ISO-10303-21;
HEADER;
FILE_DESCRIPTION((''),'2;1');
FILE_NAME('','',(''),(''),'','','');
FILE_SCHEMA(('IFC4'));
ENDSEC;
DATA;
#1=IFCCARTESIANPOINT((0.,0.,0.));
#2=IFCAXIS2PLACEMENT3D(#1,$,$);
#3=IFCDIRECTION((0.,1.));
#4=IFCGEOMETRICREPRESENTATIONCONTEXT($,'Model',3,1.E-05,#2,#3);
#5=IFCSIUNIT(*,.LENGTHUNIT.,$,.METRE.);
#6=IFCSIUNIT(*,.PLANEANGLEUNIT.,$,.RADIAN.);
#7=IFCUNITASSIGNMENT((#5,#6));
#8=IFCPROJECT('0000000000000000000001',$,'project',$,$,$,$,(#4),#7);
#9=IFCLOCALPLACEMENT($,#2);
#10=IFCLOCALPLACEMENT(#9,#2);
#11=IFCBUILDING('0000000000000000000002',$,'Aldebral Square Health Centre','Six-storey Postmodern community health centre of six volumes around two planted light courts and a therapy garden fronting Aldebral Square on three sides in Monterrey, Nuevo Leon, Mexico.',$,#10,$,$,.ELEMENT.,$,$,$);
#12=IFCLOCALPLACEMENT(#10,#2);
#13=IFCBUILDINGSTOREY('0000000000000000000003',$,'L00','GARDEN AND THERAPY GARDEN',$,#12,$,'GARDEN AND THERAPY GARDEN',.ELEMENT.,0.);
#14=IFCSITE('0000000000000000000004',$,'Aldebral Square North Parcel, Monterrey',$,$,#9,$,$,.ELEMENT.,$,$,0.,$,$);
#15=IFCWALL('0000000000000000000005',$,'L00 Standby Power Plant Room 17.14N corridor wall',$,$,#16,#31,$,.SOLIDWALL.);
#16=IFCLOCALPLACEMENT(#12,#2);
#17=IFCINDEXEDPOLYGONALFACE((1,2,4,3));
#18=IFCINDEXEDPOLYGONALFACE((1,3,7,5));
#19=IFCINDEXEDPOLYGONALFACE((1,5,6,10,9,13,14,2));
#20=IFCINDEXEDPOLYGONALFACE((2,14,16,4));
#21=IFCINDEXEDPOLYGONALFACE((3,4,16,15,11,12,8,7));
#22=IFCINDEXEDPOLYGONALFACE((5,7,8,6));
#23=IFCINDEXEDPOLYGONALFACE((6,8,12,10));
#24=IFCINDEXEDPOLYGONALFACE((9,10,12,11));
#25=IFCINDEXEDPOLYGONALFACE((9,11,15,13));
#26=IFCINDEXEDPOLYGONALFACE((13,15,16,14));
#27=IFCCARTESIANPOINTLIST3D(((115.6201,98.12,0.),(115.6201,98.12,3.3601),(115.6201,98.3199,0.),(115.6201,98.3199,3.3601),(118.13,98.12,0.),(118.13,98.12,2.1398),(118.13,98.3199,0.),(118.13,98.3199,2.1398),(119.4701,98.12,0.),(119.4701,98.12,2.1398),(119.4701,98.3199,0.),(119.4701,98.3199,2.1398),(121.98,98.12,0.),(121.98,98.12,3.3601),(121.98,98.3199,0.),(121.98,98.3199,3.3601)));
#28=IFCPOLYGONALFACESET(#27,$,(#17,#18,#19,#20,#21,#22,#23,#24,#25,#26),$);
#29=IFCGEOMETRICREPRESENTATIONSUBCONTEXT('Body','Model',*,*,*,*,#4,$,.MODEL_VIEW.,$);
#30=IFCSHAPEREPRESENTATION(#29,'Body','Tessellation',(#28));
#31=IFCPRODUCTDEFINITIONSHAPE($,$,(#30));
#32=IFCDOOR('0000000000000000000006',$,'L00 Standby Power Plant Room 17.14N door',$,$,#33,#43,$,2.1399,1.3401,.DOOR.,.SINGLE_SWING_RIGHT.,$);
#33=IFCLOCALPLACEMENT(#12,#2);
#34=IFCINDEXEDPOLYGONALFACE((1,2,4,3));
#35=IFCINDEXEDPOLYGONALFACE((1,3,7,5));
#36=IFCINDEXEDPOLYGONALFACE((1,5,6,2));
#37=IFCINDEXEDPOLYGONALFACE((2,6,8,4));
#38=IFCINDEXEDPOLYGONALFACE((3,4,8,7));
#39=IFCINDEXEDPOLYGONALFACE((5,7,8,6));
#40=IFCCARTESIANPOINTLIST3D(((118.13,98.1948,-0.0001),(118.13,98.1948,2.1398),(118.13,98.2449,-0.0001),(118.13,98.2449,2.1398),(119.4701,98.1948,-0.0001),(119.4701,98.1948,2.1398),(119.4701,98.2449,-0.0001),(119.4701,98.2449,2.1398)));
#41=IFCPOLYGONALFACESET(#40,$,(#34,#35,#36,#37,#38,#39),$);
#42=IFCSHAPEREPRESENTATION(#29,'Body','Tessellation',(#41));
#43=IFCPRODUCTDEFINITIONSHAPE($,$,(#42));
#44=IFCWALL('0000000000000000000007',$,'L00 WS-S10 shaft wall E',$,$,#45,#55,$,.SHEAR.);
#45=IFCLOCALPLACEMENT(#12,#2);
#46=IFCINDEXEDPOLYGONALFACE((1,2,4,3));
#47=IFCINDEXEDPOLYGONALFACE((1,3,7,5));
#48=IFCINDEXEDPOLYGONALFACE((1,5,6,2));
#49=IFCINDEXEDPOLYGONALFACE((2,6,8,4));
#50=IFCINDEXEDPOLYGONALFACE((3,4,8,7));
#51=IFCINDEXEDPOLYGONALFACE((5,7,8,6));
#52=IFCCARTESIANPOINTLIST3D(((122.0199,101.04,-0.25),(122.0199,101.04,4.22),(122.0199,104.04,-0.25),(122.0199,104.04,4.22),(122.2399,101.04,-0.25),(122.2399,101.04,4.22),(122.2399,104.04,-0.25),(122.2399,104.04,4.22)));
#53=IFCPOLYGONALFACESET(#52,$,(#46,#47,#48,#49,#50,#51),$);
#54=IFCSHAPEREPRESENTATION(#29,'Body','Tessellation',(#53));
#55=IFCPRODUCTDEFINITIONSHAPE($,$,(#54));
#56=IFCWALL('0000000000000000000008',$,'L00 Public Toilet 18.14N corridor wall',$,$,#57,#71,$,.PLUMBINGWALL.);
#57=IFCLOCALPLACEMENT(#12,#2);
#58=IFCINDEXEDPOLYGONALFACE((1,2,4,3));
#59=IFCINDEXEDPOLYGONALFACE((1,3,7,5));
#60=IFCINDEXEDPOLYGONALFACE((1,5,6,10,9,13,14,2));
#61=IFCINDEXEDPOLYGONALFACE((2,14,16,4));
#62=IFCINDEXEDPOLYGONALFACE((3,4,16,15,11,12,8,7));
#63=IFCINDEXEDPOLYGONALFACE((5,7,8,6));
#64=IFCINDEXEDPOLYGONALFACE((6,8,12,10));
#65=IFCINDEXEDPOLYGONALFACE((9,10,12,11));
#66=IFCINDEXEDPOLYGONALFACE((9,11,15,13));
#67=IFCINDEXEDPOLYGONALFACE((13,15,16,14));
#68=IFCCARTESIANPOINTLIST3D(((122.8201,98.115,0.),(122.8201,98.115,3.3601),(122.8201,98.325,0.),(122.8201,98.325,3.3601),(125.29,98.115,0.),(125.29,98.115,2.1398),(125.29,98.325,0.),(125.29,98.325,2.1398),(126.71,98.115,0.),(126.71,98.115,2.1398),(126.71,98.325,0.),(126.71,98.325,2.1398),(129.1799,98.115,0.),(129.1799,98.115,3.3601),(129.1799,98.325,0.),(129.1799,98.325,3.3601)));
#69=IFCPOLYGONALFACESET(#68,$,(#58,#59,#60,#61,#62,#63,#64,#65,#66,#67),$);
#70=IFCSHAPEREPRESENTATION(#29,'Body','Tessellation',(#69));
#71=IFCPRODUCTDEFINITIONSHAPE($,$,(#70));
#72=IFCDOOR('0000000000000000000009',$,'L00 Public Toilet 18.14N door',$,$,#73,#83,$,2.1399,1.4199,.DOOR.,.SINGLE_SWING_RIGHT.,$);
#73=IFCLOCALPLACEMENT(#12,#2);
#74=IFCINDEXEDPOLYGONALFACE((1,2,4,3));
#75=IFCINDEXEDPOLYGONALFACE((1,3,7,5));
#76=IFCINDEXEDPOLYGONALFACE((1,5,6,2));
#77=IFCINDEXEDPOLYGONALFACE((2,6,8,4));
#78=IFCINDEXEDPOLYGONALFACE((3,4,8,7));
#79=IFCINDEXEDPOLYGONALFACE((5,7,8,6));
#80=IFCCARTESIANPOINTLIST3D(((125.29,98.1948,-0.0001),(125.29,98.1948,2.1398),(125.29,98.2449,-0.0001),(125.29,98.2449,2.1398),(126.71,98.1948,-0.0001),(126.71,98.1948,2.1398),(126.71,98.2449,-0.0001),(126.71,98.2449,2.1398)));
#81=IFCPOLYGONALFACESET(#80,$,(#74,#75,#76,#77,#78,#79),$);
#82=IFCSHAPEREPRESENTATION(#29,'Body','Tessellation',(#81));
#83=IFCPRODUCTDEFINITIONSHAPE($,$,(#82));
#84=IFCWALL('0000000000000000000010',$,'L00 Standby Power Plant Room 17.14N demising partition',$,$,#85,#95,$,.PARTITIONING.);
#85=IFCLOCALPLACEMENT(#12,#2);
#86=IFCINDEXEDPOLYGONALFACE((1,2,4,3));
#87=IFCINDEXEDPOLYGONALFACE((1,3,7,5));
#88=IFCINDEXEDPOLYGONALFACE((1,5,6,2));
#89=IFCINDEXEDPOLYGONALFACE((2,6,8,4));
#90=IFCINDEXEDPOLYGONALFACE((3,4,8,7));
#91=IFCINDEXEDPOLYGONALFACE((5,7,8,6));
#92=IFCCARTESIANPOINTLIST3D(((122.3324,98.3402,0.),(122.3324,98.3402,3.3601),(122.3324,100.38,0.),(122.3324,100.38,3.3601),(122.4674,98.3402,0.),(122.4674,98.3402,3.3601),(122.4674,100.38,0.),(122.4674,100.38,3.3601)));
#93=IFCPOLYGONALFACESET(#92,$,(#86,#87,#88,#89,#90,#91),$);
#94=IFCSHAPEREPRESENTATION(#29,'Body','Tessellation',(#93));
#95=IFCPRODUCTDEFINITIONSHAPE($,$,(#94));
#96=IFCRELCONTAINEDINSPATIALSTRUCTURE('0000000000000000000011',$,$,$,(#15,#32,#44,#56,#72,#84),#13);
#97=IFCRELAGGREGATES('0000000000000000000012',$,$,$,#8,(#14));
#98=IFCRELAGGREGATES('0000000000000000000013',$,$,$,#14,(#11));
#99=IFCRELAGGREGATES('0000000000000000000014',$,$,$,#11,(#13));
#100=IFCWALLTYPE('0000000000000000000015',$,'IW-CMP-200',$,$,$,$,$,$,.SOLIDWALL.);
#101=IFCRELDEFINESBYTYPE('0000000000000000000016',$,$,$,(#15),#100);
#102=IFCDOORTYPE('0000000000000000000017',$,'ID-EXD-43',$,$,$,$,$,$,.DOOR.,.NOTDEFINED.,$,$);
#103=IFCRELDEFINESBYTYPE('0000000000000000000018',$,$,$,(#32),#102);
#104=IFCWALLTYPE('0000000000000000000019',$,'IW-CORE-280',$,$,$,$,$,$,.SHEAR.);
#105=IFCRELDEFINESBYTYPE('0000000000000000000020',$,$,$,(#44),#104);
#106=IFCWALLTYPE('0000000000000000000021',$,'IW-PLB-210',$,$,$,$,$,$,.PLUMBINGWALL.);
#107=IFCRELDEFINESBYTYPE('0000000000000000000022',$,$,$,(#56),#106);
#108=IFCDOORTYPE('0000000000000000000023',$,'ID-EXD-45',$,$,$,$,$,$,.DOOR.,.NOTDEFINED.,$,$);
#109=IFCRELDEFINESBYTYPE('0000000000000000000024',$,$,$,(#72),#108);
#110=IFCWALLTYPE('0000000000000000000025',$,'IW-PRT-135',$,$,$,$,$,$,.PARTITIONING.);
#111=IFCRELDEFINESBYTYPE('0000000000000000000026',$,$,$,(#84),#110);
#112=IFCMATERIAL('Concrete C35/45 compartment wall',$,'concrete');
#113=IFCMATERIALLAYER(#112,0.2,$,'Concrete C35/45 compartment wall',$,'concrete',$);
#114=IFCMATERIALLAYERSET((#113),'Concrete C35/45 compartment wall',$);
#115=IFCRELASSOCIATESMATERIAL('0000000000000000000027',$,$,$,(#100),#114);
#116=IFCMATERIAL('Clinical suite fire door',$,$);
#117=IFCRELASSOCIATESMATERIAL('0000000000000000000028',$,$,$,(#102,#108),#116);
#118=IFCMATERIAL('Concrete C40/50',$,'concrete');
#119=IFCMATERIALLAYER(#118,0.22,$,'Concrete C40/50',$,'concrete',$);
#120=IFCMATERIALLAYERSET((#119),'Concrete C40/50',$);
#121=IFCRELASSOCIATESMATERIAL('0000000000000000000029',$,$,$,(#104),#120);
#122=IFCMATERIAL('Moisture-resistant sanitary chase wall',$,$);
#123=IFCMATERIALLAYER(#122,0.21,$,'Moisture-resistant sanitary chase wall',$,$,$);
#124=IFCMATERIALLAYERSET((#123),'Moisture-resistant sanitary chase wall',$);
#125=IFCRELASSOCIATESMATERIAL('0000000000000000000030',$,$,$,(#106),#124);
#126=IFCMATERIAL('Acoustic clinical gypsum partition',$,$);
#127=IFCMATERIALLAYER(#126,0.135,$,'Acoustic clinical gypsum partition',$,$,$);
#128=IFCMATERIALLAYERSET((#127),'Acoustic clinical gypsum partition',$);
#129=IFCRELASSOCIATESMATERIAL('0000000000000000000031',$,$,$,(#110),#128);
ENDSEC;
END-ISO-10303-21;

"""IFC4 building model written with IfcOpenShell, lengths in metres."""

from ifc_helpers import new_model, si_unit, direction, frame, frame_2d, origin, place, context, subcontext, project, spatial, rectangle, extrude, material, layer, layer_set, type_object, element, fill, save


model = new_model("IFC4")

# Units and contexts
model_context = context("Model", 3, precision=1e-05, world=origin(), true_north=direction((0.0, 1.0)))
body_context = subcontext(model_context, "Body", "Model", "MODEL_VIEW")
ifc_project = project(units=[si_unit("LENGTHUNIT", "METRE"), si_unit("PLANEANGLEUNIT", "RADIAN")], contexts=[model_context])

# Site, building, storey
site_placement = place(None, origin())
site = spatial("IfcSite", under=ifc_project, at=site_placement, Name="Aldebral Square North Parcel, Monterrey", CompositionType="ELEMENT", RefElevation=0.0)
building_placement = place(site_placement, origin())
building = spatial("IfcBuilding", under=site, at=building_placement, Name="Aldebral Square Health Centre", Description="Six-storey Postmodern community health centre of six volumes around two planted light courts and a therapy garden fronting Aldebral Square on three sides in Monterrey, Nuevo Leon, Mexico.", CompositionType="ELEMENT")
storey_placement = place(building_placement, origin())
storey = spatial("IfcBuildingStorey", under=building, at=storey_placement, Name="L00", Description="GARDEN AND THERAPY GARDEN", LongName="GARDEN AND THERAPY GARDEN", CompositionType="ELEMENT", Elevation=0.0)

# Shared definitions
ifc_material_1 = material(Name="Concrete C40/50", Category="concrete")

# Wall, opening, door
ifc_material_2 = material(Name="Concrete C35/45 compartment wall", Category="concrete")
ifc_layer_1 = layer(ifc_material_2, 0.2, Name="Concrete C35/45 compartment wall", Category="concrete")
ifc_layer_set_1 = layer_set([ifc_layer_1], Name="Concrete C35/45 compartment wall")
wall_type_1 = type_object("IfcWallType", Name="IW-CMP-200", PredefinedType="SOLIDWALL", material=ifc_layer_set_1)
wall_1_placement = place(storey_placement, frame((115.6201, 98.22, 0.0), z_axis=(0.0, 0.0, 1.0), x_axis=(1.0, 0.0, 0.0)))
wall_1 = element("IfcWall", 1, at=wall_1_placement, inside=storey, type_object=wall_type_1, Name="L00 Standby Power Plant Room 17.14N corridor wall", PredefinedType="SOLIDWALL", context=body_context, shape_type="SweptSolid", body=[
    extrude(rectangle(XDim=6.3599, YDim=0.2, at=frame_2d((3.1799, 0.0))), origin(), (0.0, 0.0, 1.0), 3.3601),
])
opening_1_placement = place(wall_1_placement, frame((2.51, 0.0, 0.0)))
opening_1 = element("IfcOpeningElement", 2, at=opening_1_placement, cuts=wall_1, PredefinedType="OPENING", context=body_context, shape_type="SweptSolid", body=[
    extrude(rectangle(XDim=1.3401, YDim=2.1399, at=frame_2d((0.6699, 1.0698))), frame((0.0, 0.1099, 0.0), z_axis=(0.0, -1.0, 0.0), x_axis=(1.0, 0.0, 0.0)), (0.0, 0.0, 1.0), 0.22),
])
ifc_material_3 = material(Name="Clinical suite fire door")
door_type_1 = type_object("IfcDoorType", Name="ID-EXD-43", OperationType="NOTDEFINED", PredefinedType="DOOR", material=ifc_material_3)
door_1_placement = place(opening_1_placement, origin())
door_1 = element("IfcDoor", 3, at=door_1_placement, inside=storey, type_object=door_type_1, Name="L00 Standby Power Plant Room 17.14N door", OperationType="SINGLE_SWING_RIGHT", OverallHeight=2.1399, OverallWidth=1.3401, PredefinedType="DOOR", context=body_context, shape_type="SweptSolid", body=[
    extrude(rectangle(XDim=1.3401, YDim=2.1399, at=frame_2d((0.6699, 1.0698))), frame((0.0, 0.0249, 0.0), z_axis=(0.0, -1.0, 0.0), x_axis=(1.0, 0.0, 0.0)), (0.0, 0.0, 1.0), 0.05),
])
fill(opening_1, door_1)

# Wall
ifc_layer_2 = layer(ifc_material_1, 0.22, Name="Concrete C40/50", Category="concrete")
ifc_layer_set_2 = layer_set([ifc_layer_2], Name="Concrete C40/50")
wall_type_2 = type_object("IfcWallType", Name="IW-CORE-280", PredefinedType="SHEAR", material=ifc_layer_set_2)
wall_2_placement = place(storey_placement, frame((122.1299, 101.04, -0.25), z_axis=(0.0, 0.0, 1.0), x_axis=(0.0, 1.0, 0.0)))
element("IfcWall", 4, at=wall_2_placement, inside=storey, type_object=wall_type_2, Name="L00 WS-S10 shaft wall E", PredefinedType="SHEAR", context=body_context, shape_type="SweptSolid", body=[
    extrude(rectangle(XDim=3.0, YDim=0.22, at=frame_2d((1.5, 0.0))), origin(), (0.0, 0.0, 1.0), 4.47),
])

# Wall, opening, door
ifc_material_4 = material(Name="Moisture-resistant sanitary chase wall")
ifc_layer_3 = layer(ifc_material_4, 0.21, Name="Moisture-resistant sanitary chase wall")
ifc_layer_set_3 = layer_set([ifc_layer_3], Name="Moisture-resistant sanitary chase wall")
wall_type_3 = type_object("IfcWallType", Name="IW-PLB-210", PredefinedType="PLUMBINGWALL", material=ifc_layer_set_3)
wall_3_placement = place(storey_placement, frame((122.8201, 98.22, 0.0), z_axis=(0.0, 0.0, 1.0), x_axis=(1.0, 0.0, 0.0)))
wall_3 = element("IfcWall", 5, at=wall_3_placement, inside=storey, type_object=wall_type_3, Name="L00 Public Toilet 18.14N corridor wall", PredefinedType="PLUMBINGWALL", context=body_context, shape_type="SweptSolid", body=[
    extrude(rectangle(XDim=6.3599, YDim=0.21, at=frame_2d((3.1799, 0.0))), origin(), (0.0, 0.0, 1.0), 3.3601),
])
opening_2_placement = place(wall_3_placement, frame((2.47, 0.0, 0.0)))
opening_2 = element("IfcOpeningElement", 6, at=opening_2_placement, cuts=wall_3, PredefinedType="OPENING", context=body_context, shape_type="SweptSolid", body=[
    extrude(rectangle(XDim=1.4199, YDim=2.1399, at=frame_2d((0.71, 1.0698))), frame((0.0, 0.115, 0.0), z_axis=(0.0, -1.0, 0.0), x_axis=(1.0, 0.0, 0.0)), (0.0, 0.0, 1.0), 0.23),
])
door_type_2 = type_object("IfcDoorType", Name="ID-EXD-45", OperationType="NOTDEFINED", PredefinedType="DOOR", material=ifc_material_3)
door_2_placement = place(opening_2_placement, origin())
door_2 = element("IfcDoor", 7, at=door_2_placement, inside=storey, type_object=door_type_2, Name="L00 Public Toilet 18.14N door", OperationType="SINGLE_SWING_RIGHT", OverallHeight=2.1399, OverallWidth=1.4199, PredefinedType="DOOR", context=body_context, shape_type="SweptSolid", body=[
    extrude(rectangle(XDim=1.4199, YDim=2.1399, at=frame_2d((0.71, 1.0698))), frame((0.0, 0.0249, 0.0), z_axis=(0.0, -1.0, 0.0), x_axis=(1.0, 0.0, 0.0)), (0.0, 0.0, 1.0), 0.05),
])
fill(opening_2, door_2)

# Wall
ifc_material_5 = material(Name="Acoustic clinical gypsum partition")
ifc_layer_4 = layer(ifc_material_5, 0.135, Name="Acoustic clinical gypsum partition")
ifc_layer_set_4 = layer_set([ifc_layer_4], Name="Acoustic clinical gypsum partition")
wall_type_4 = type_object("IfcWallType", Name="IW-PRT-135", PredefinedType="PARTITIONING", material=ifc_layer_set_4)
wall_4_placement = place(storey_placement, frame((122.3999, 98.3401, 0.0), z_axis=(0.0, 0.0, 1.0), x_axis=(0.0, 1.0, 0.0)))
element("IfcWall", 8, at=wall_4_placement, inside=storey, type_object=wall_type_4, Name="L00 Standby Power Plant Room 17.14N demising partition", PredefinedType="PARTITIONING", context=body_context, shape_type="SweptSolid", body=[
    extrude(rectangle(XDim=2.0398, YDim=0.135, at=frame_2d((1.02, 0.0))), origin(), (0.0, 0.0, 1.0), 3.3601),
])

save(model, "model.ifc")
